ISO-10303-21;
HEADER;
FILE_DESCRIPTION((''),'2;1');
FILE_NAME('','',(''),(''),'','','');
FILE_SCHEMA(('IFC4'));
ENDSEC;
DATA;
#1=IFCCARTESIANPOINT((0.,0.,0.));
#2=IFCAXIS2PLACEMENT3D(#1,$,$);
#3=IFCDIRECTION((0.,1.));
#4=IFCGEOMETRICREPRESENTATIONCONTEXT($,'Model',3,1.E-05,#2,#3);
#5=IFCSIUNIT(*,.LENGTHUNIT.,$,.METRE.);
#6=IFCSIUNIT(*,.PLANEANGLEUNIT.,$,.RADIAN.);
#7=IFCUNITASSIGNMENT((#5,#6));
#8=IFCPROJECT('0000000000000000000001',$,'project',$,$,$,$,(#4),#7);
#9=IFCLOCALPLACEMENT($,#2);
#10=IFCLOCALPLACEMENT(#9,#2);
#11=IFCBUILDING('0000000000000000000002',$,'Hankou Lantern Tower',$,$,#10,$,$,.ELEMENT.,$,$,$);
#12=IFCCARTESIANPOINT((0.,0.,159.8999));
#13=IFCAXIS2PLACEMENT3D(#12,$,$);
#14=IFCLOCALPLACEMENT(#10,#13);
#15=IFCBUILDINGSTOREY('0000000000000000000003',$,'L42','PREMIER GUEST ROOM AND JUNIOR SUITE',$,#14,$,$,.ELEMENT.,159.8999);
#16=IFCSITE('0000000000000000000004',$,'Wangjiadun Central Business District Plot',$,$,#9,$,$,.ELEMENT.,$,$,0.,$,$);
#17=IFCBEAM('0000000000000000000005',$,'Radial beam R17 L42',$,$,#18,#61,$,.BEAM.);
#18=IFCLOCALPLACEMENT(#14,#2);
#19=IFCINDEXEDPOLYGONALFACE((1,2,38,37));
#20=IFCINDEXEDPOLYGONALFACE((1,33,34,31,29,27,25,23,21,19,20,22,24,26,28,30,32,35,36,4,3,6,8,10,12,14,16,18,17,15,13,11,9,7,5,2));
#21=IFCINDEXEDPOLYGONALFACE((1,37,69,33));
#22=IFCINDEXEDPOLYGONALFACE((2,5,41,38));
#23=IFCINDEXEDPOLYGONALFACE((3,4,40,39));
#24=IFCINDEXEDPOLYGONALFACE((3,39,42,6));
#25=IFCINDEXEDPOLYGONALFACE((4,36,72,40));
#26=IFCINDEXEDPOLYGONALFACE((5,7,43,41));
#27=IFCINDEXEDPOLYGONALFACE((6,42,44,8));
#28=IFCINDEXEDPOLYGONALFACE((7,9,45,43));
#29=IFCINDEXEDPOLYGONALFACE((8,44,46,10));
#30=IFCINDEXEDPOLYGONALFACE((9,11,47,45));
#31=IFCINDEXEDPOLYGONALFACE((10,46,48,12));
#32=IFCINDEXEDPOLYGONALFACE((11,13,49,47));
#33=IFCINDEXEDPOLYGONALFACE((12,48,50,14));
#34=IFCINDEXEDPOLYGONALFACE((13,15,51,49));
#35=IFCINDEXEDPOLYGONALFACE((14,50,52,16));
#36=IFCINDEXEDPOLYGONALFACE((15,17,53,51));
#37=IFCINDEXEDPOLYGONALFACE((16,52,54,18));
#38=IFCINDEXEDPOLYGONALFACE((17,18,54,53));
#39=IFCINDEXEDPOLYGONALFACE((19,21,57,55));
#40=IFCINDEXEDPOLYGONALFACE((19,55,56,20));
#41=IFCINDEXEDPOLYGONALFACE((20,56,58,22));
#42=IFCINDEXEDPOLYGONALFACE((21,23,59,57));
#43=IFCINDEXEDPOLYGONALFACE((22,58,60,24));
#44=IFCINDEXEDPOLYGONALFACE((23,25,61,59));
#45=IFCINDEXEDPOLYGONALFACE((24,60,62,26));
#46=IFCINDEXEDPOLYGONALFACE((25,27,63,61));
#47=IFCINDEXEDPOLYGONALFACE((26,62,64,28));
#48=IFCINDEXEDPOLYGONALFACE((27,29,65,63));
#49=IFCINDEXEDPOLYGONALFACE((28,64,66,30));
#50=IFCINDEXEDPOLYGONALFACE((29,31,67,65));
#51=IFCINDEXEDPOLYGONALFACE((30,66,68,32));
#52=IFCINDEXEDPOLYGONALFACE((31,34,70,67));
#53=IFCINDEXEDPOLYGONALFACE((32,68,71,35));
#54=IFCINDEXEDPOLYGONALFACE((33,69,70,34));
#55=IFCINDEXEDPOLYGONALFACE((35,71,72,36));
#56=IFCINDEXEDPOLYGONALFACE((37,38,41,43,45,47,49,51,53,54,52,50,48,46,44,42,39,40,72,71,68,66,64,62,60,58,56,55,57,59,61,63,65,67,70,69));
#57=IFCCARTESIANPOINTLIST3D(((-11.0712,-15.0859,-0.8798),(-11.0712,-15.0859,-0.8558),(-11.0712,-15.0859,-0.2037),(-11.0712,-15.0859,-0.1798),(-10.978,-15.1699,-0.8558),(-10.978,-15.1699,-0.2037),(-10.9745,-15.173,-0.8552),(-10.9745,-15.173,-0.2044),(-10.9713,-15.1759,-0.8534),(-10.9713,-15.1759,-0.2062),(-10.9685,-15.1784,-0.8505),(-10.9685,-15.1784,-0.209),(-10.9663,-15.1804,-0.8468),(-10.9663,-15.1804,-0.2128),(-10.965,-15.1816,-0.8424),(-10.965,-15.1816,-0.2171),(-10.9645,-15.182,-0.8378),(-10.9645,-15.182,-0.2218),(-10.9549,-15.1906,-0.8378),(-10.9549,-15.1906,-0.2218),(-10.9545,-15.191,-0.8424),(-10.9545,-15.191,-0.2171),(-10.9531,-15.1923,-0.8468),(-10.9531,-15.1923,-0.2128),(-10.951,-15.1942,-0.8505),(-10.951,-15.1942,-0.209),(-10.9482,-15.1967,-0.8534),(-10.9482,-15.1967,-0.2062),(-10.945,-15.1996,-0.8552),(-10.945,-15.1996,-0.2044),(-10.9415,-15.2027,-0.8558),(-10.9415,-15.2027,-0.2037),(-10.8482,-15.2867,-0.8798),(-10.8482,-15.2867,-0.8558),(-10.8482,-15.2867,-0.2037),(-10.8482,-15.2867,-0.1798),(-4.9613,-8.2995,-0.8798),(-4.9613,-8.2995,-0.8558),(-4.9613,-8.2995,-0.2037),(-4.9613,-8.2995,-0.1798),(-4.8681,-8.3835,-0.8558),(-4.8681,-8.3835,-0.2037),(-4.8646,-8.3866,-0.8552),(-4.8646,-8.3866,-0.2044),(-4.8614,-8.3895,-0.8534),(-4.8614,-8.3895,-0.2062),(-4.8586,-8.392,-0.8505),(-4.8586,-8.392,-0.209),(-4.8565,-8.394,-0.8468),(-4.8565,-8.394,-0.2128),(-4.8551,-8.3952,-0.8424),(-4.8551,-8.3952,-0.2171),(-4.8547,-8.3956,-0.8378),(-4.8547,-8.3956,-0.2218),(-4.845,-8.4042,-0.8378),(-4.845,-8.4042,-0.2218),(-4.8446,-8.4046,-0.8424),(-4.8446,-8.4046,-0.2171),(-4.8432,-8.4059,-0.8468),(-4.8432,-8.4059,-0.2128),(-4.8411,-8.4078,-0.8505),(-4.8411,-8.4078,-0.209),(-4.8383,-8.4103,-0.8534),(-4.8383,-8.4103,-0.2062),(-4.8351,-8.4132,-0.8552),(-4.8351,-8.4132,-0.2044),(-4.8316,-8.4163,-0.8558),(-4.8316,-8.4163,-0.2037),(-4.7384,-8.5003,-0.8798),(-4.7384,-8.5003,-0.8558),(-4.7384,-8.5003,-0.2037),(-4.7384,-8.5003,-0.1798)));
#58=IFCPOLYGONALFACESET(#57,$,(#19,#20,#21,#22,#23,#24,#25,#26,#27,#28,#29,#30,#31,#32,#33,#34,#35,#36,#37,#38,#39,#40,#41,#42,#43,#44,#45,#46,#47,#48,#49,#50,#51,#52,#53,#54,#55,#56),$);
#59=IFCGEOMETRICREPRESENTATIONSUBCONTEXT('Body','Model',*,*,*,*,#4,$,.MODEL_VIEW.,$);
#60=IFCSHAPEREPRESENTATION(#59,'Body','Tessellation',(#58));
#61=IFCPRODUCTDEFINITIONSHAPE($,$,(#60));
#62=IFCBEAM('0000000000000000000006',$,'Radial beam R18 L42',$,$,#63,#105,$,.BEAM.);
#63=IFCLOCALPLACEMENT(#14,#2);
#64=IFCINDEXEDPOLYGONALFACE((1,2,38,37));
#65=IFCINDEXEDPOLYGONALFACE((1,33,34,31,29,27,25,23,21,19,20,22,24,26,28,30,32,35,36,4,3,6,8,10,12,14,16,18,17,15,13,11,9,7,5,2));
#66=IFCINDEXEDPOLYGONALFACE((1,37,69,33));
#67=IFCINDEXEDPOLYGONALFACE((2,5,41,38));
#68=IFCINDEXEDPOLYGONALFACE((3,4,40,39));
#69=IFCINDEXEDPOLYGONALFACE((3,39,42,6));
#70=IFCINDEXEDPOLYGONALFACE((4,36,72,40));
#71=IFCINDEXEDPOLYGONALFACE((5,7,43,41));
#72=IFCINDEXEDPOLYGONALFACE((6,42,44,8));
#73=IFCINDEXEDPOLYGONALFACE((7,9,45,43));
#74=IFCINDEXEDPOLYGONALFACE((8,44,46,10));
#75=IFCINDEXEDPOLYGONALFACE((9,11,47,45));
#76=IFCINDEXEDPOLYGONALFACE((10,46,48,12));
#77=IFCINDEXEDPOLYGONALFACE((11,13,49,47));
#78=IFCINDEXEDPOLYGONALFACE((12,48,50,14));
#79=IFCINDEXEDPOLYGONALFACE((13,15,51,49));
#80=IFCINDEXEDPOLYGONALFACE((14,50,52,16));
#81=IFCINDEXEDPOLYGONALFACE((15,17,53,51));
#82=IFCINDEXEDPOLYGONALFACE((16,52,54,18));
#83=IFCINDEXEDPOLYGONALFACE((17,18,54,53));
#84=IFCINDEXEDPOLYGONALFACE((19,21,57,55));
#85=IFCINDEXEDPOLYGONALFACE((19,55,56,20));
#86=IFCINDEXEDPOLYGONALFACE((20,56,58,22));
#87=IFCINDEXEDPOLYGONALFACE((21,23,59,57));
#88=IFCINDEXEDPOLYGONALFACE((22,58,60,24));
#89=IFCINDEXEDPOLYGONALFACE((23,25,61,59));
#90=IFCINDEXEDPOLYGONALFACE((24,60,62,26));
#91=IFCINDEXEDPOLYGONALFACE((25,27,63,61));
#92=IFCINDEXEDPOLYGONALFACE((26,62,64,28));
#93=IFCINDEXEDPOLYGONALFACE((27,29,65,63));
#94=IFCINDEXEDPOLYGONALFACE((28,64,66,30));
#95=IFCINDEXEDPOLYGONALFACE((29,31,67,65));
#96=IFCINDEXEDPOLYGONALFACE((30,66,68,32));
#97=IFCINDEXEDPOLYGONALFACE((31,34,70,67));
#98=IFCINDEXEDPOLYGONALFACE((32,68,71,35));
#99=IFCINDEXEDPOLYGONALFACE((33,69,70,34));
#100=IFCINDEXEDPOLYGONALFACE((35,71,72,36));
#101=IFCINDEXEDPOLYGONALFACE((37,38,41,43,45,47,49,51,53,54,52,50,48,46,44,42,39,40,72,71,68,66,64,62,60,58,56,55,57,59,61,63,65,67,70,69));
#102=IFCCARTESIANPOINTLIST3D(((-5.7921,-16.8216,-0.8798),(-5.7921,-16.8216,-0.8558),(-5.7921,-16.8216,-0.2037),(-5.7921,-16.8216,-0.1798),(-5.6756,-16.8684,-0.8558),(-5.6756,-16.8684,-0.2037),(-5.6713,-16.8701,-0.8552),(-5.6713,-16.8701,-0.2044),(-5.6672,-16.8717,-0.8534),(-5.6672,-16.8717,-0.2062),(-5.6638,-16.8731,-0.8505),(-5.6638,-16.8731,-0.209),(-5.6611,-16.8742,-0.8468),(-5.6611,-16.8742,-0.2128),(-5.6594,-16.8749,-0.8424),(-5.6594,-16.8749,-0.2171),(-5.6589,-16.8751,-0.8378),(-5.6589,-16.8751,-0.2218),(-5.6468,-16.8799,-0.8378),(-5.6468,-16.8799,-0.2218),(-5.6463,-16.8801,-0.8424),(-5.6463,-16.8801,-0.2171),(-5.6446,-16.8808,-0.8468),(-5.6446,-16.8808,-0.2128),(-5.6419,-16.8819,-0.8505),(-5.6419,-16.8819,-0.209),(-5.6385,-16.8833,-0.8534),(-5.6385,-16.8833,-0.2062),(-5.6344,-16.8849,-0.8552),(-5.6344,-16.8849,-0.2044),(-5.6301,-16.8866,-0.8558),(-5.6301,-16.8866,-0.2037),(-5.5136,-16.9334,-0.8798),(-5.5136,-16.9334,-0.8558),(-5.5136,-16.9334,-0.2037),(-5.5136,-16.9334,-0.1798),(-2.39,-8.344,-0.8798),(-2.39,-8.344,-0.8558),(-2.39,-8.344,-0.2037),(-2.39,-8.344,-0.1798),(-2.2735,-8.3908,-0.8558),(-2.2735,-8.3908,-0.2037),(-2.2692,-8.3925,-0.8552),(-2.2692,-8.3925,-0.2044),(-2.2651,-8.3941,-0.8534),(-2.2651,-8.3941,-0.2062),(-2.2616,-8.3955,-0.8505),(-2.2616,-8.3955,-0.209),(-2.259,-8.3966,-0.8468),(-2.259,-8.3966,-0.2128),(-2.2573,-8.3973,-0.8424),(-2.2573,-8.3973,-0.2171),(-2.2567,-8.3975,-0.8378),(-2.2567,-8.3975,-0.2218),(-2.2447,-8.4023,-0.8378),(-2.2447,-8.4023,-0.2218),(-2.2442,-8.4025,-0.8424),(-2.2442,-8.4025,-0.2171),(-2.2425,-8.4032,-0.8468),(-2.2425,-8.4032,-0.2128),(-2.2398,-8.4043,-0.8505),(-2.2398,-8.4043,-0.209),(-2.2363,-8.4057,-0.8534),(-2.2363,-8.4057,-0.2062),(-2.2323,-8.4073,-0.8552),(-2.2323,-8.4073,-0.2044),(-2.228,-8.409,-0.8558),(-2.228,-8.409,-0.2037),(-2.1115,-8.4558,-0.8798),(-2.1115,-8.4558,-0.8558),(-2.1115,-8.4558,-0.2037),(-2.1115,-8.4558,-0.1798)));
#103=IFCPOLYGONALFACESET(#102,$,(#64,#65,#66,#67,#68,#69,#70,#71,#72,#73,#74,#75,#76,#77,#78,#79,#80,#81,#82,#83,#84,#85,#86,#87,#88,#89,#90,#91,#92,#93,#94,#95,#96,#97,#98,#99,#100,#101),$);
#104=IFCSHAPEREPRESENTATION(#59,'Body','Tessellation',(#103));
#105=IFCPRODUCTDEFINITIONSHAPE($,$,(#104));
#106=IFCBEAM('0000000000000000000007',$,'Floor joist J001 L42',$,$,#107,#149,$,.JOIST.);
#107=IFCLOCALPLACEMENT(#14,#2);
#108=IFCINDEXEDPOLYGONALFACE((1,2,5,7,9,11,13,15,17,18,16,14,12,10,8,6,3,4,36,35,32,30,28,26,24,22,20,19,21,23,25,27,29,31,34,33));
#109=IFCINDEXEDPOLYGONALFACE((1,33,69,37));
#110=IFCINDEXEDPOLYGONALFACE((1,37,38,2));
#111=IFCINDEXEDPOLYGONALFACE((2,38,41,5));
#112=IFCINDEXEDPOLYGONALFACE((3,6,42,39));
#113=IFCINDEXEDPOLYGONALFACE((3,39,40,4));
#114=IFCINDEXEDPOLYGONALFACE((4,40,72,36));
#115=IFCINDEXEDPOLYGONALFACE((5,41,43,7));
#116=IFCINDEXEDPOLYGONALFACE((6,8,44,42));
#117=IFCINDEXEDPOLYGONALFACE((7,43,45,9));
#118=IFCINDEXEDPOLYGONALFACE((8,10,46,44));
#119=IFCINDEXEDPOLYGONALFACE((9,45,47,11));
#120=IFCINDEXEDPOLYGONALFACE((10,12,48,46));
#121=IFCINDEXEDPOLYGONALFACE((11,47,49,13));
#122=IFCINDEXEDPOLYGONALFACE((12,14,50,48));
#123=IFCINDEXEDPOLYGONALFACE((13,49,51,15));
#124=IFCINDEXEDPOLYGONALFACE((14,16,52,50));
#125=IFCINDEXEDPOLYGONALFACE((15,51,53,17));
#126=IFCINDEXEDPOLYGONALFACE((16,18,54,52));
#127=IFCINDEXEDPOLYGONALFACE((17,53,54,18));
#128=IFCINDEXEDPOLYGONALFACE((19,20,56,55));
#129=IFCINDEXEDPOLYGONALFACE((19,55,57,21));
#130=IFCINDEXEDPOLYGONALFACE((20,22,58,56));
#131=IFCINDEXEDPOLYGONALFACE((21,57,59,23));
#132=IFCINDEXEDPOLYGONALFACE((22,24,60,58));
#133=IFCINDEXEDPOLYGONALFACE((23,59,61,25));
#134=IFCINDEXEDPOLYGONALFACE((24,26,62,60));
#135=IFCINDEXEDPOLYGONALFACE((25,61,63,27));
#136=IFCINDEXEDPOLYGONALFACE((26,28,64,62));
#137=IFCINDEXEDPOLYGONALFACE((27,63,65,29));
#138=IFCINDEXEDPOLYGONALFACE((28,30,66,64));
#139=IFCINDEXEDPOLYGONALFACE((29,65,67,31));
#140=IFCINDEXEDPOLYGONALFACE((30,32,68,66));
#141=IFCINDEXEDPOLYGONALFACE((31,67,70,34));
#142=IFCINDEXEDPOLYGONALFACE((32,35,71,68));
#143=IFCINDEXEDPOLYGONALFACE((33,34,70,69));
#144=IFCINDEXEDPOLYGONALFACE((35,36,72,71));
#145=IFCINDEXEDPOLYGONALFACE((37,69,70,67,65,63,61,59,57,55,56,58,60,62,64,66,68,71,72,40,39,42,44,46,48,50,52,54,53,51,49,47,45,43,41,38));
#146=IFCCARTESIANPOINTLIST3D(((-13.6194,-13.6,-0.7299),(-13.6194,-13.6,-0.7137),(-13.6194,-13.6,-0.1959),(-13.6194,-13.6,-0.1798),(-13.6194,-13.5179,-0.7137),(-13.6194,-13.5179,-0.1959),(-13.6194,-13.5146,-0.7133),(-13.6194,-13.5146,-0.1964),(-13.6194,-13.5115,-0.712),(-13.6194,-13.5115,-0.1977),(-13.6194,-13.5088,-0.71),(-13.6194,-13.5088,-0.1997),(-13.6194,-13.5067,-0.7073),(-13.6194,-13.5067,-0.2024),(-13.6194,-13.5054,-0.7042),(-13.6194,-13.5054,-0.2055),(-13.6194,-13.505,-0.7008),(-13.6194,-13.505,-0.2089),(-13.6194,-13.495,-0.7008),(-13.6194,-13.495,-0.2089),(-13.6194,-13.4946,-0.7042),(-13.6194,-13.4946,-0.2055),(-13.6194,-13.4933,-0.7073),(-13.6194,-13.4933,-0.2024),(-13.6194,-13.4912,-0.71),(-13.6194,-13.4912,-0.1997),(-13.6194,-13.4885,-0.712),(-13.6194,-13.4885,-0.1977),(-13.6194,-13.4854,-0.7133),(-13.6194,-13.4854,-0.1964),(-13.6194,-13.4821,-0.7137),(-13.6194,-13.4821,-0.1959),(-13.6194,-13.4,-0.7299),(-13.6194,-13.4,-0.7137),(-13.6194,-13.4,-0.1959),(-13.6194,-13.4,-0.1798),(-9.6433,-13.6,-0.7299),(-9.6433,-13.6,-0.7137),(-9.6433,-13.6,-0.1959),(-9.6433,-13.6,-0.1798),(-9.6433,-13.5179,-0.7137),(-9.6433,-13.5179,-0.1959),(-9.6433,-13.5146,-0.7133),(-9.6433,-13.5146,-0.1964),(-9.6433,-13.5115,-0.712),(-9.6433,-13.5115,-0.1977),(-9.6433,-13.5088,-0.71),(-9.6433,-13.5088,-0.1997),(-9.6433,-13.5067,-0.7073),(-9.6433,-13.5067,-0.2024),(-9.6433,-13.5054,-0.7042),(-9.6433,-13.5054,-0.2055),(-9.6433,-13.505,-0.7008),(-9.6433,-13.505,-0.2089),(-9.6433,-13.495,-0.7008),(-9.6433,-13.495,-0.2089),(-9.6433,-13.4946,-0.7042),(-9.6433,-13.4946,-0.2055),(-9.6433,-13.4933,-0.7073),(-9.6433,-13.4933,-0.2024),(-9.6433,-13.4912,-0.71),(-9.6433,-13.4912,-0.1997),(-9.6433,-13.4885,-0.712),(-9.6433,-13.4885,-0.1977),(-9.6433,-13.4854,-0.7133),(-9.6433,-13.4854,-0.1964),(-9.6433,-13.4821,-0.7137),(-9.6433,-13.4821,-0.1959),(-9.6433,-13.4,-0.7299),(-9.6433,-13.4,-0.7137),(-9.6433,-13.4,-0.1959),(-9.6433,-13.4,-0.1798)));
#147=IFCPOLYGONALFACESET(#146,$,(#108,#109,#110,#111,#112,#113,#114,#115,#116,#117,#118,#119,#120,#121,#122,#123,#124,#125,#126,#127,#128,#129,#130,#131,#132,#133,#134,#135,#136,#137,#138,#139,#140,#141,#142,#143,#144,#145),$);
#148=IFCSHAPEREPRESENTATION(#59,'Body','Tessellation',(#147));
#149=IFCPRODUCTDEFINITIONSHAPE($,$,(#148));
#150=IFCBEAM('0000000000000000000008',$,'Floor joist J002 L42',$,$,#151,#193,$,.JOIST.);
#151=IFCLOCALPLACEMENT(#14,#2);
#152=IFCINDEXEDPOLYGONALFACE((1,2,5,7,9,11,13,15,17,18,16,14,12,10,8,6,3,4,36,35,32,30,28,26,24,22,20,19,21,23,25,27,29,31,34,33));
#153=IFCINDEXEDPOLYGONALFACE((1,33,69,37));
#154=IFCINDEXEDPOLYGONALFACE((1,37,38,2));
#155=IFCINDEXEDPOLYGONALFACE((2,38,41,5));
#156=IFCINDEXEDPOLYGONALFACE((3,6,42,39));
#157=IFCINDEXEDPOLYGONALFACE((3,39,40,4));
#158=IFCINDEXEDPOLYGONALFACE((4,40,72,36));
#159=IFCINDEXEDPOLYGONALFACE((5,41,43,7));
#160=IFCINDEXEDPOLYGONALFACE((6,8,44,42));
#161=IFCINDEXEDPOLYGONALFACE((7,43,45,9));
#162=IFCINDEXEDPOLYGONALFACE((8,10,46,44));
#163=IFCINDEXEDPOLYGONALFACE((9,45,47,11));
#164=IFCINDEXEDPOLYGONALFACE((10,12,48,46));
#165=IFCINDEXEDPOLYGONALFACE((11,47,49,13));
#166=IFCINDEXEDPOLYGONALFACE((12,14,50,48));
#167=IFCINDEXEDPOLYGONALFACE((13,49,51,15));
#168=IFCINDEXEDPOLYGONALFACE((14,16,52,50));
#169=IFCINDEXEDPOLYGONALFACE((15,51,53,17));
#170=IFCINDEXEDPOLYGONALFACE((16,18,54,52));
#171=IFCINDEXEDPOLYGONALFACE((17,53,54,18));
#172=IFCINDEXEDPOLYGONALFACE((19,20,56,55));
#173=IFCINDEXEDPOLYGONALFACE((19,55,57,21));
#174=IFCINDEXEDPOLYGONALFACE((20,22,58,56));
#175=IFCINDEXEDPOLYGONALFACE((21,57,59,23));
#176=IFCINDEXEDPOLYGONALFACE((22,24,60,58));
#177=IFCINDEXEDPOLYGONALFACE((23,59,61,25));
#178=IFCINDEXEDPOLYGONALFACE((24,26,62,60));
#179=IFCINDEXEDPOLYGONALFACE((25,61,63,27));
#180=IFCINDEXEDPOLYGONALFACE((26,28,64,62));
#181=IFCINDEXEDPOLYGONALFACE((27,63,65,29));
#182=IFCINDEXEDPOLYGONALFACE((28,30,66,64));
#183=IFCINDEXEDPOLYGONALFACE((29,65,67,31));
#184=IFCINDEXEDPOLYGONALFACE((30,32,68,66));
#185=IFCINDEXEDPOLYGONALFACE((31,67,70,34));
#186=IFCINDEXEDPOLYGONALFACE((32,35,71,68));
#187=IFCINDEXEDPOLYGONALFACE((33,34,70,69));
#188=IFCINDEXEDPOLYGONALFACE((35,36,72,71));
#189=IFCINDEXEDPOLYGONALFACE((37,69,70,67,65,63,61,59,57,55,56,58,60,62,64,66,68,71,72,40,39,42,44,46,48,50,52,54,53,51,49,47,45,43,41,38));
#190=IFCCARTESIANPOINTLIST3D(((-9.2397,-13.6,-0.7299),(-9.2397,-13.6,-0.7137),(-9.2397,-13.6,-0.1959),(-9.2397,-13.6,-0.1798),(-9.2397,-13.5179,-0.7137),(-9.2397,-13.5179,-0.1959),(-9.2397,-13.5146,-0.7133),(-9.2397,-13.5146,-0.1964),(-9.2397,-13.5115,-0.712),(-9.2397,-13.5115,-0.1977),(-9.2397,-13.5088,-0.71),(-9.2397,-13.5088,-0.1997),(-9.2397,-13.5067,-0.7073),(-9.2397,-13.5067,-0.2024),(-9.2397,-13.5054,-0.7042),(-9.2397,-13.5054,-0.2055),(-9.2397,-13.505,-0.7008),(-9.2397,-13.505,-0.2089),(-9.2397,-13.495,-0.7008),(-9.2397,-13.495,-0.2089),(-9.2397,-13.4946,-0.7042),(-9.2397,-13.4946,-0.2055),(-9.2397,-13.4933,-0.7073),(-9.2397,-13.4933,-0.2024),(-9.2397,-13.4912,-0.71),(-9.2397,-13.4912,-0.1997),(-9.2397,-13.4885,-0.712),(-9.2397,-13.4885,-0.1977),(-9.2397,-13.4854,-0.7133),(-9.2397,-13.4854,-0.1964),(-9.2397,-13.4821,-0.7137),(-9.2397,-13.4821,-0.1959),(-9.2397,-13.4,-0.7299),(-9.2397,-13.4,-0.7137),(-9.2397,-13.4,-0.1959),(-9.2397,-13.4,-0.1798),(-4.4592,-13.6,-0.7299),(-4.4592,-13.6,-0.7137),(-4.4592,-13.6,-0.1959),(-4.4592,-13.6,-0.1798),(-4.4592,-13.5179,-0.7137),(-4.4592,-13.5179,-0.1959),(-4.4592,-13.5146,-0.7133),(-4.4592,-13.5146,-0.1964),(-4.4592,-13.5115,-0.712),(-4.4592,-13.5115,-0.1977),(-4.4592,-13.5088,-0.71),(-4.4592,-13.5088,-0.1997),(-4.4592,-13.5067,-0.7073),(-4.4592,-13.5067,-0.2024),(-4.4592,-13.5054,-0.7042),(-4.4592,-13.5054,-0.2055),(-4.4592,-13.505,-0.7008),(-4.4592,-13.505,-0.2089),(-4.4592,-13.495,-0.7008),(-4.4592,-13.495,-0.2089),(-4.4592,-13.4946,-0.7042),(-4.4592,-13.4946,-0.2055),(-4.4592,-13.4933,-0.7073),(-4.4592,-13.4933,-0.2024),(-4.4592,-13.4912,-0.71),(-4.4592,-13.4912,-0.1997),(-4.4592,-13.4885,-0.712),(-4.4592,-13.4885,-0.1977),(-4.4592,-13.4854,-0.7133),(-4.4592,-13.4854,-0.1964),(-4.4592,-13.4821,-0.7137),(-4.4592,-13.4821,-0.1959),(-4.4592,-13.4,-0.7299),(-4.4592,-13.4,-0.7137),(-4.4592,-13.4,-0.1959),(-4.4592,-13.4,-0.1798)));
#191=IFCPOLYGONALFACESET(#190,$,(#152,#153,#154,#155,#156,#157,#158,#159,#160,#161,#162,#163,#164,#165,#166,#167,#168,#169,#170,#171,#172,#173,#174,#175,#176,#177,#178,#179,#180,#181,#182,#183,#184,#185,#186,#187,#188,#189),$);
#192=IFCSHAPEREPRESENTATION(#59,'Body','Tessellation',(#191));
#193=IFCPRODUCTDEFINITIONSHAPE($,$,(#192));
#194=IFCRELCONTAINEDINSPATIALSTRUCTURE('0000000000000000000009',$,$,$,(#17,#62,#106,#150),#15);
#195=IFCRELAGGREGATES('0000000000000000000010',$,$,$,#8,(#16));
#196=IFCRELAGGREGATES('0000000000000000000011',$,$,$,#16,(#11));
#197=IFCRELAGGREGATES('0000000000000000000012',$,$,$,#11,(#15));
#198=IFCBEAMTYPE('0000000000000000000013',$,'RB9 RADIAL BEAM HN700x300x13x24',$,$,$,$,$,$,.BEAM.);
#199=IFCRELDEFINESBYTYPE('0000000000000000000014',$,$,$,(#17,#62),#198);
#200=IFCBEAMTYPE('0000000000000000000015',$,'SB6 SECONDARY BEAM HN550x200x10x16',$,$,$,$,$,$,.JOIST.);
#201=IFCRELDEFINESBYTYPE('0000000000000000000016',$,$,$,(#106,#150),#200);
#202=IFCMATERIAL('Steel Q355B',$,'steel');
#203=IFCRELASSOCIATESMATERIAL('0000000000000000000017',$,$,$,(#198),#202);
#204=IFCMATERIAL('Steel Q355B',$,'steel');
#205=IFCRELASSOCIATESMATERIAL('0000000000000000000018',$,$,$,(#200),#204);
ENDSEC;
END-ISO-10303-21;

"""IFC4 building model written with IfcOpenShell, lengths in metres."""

from ifc_helpers import new_model, si_unit, direction, frame, origin, origin_2d, place, context, subcontext, project, spatial, i_section, extrude, material, material_profile, profile_set, type_object, element, save


model = new_model("IFC4")

# Units and contexts
model_context = context("Model", 3, precision=1e-05, world=origin(), true_north=direction((0.0, 1.0)))
body_context = subcontext(model_context, "Body", "Model", "MODEL_VIEW")
ifc_project = project(units=[si_unit("LENGTHUNIT", "METRE"), si_unit("PLANEANGLEUNIT", "RADIAN")], contexts=[model_context])

# Site, building, storey
site_placement = place(None, origin())
site = spatial("IfcSite", under=ifc_project, at=site_placement, Name="Wangjiadun Central Business District Plot", CompositionType="ELEMENT", RefElevation=0.0)
building_placement = place(site_placement, origin())
building = spatial("IfcBuilding", under=site, at=building_placement, Name="Hankou Lantern Tower", CompositionType="ELEMENT")
storey_placement = place(building_placement, frame((0.0, 0.0, 159.8999)))
storey = spatial("IfcBuildingStorey", under=building, at=storey_placement, Name="L42", Description="PREMIER GUEST ROOM AND JUNIOR SUITE", CompositionType="ELEMENT", Elevation=159.8999)

# Beams
ifc_material_1 = material(Name="Steel Q355B", Category="steel")
ifc_material_profile_1 = material_profile(ifc_material_1, i_section(OverallWidth=0.3, OverallDepth=0.7, WebThickness=0.0129, FlangeThickness=0.0239, FilletRadius=0.0181, at=origin_2d()), Name="HN700x300x13x24")
ifc_profile_set_1 = profile_set([ifc_material_profile_1], Name="Steel Q355B")
beam_type_1 = type_object("IfcBeamType", Name="RB9 RADIAL BEAM HN700x300x13x24", PredefinedType="BEAM", material=ifc_profile_set_1)
beam_1_placement = place(storey_placement, frame((-4.8499, -8.3999, -0.5298), z_axis=(-0.669093, -0.743178, 0.0), x_axis=(0.743178, -0.669093, 0.0)))
element("IfcBeam", 1, at=beam_1_placement, inside=storey, type_object=beam_type_1, Name="Radial beam R17 L42", PredefinedType="BEAM", context=body_context, shape_type="SweptSolid", body=[
    extrude(i_section(OverallWidth=0.3, OverallDepth=0.7, WebThickness=0.0129, FlangeThickness=0.0239, FilletRadius=0.0181, at=origin_2d()), origin(), (0.0, 0.0, 1.0), 9.1316),
])
beam_2_placement = place(storey_placement, frame((-2.2507, -8.3999, -0.5298), z_axis=(-0.372436, -0.928058, 0.0), x_axis=(0.928058, -0.372436, 0.0)))
element("IfcBeam", 2, at=beam_2_placement, inside=storey, type_object=beam_type_1, Name="Radial beam R18 L42", PredefinedType="BEAM", context=body_context, shape_type="SweptSolid", body=[
    extrude(i_section(OverallWidth=0.3, OverallDepth=0.7, WebThickness=0.0129, FlangeThickness=0.0239, FilletRadius=0.0181, at=origin_2d()), origin(), (0.0, 0.0, 1.0), 9.1348),
])
ifc_material_2 = material(Name="Steel Q355B", Category="steel")
ifc_material_profile_2 = material_profile(ifc_material_2, i_section(OverallWidth=0.2, OverallDepth=0.55, WebThickness=0.01, FlangeThickness=0.0161, FilletRadius=0.0129, at=origin_2d()), Name="HN550x200x10x16")
ifc_profile_set_2 = profile_set([ifc_material_profile_2], Name="Steel Q355B")
beam_type_2 = type_object("IfcBeamType", Name="SB6 SECONDARY BEAM HN550x200x10x16", PredefinedType="JOIST", material=ifc_profile_set_2)
beam_3_placement = place(storey_placement, frame((-13.6194, -13.5, -0.4548), z_axis=(1.0, 0.0, 0.0), x_axis=(0.0, 1.0, 0.0)))
element("IfcBeam", 3, at=beam_3_placement, inside=storey, type_object=beam_type_2, Name="Floor joist J001 L42", PredefinedType="JOIST", context=body_context, shape_type="SweptSolid", body=[
    extrude(i_section(OverallWidth=0.2, OverallDepth=0.55, WebThickness=0.01, FlangeThickness=0.0161, FilletRadius=0.0129, at=origin_2d()), origin(), (0.0, 0.0, 1.0), 3.9761),
])
beam_4_placement = place(storey_placement, frame((-9.2397, -13.5, -0.4548), z_axis=(1.0, 0.0, 0.0), x_axis=(0.0, 1.0, 0.0)))
element("IfcBeam", 4, at=beam_4_placement, inside=storey, type_object=beam_type_2, Name="Floor joist J002 L42", PredefinedType="JOIST", context=body_context, shape_type="SweptSolid", body=[
    extrude(i_section(OverallWidth=0.2, OverallDepth=0.55, WebThickness=0.01, FlangeThickness=0.0161, FilletRadius=0.0129, at=origin_2d()), origin(), (0.0, 0.0, 1.0), 4.7805),
])

save(model, "model.ifc")
